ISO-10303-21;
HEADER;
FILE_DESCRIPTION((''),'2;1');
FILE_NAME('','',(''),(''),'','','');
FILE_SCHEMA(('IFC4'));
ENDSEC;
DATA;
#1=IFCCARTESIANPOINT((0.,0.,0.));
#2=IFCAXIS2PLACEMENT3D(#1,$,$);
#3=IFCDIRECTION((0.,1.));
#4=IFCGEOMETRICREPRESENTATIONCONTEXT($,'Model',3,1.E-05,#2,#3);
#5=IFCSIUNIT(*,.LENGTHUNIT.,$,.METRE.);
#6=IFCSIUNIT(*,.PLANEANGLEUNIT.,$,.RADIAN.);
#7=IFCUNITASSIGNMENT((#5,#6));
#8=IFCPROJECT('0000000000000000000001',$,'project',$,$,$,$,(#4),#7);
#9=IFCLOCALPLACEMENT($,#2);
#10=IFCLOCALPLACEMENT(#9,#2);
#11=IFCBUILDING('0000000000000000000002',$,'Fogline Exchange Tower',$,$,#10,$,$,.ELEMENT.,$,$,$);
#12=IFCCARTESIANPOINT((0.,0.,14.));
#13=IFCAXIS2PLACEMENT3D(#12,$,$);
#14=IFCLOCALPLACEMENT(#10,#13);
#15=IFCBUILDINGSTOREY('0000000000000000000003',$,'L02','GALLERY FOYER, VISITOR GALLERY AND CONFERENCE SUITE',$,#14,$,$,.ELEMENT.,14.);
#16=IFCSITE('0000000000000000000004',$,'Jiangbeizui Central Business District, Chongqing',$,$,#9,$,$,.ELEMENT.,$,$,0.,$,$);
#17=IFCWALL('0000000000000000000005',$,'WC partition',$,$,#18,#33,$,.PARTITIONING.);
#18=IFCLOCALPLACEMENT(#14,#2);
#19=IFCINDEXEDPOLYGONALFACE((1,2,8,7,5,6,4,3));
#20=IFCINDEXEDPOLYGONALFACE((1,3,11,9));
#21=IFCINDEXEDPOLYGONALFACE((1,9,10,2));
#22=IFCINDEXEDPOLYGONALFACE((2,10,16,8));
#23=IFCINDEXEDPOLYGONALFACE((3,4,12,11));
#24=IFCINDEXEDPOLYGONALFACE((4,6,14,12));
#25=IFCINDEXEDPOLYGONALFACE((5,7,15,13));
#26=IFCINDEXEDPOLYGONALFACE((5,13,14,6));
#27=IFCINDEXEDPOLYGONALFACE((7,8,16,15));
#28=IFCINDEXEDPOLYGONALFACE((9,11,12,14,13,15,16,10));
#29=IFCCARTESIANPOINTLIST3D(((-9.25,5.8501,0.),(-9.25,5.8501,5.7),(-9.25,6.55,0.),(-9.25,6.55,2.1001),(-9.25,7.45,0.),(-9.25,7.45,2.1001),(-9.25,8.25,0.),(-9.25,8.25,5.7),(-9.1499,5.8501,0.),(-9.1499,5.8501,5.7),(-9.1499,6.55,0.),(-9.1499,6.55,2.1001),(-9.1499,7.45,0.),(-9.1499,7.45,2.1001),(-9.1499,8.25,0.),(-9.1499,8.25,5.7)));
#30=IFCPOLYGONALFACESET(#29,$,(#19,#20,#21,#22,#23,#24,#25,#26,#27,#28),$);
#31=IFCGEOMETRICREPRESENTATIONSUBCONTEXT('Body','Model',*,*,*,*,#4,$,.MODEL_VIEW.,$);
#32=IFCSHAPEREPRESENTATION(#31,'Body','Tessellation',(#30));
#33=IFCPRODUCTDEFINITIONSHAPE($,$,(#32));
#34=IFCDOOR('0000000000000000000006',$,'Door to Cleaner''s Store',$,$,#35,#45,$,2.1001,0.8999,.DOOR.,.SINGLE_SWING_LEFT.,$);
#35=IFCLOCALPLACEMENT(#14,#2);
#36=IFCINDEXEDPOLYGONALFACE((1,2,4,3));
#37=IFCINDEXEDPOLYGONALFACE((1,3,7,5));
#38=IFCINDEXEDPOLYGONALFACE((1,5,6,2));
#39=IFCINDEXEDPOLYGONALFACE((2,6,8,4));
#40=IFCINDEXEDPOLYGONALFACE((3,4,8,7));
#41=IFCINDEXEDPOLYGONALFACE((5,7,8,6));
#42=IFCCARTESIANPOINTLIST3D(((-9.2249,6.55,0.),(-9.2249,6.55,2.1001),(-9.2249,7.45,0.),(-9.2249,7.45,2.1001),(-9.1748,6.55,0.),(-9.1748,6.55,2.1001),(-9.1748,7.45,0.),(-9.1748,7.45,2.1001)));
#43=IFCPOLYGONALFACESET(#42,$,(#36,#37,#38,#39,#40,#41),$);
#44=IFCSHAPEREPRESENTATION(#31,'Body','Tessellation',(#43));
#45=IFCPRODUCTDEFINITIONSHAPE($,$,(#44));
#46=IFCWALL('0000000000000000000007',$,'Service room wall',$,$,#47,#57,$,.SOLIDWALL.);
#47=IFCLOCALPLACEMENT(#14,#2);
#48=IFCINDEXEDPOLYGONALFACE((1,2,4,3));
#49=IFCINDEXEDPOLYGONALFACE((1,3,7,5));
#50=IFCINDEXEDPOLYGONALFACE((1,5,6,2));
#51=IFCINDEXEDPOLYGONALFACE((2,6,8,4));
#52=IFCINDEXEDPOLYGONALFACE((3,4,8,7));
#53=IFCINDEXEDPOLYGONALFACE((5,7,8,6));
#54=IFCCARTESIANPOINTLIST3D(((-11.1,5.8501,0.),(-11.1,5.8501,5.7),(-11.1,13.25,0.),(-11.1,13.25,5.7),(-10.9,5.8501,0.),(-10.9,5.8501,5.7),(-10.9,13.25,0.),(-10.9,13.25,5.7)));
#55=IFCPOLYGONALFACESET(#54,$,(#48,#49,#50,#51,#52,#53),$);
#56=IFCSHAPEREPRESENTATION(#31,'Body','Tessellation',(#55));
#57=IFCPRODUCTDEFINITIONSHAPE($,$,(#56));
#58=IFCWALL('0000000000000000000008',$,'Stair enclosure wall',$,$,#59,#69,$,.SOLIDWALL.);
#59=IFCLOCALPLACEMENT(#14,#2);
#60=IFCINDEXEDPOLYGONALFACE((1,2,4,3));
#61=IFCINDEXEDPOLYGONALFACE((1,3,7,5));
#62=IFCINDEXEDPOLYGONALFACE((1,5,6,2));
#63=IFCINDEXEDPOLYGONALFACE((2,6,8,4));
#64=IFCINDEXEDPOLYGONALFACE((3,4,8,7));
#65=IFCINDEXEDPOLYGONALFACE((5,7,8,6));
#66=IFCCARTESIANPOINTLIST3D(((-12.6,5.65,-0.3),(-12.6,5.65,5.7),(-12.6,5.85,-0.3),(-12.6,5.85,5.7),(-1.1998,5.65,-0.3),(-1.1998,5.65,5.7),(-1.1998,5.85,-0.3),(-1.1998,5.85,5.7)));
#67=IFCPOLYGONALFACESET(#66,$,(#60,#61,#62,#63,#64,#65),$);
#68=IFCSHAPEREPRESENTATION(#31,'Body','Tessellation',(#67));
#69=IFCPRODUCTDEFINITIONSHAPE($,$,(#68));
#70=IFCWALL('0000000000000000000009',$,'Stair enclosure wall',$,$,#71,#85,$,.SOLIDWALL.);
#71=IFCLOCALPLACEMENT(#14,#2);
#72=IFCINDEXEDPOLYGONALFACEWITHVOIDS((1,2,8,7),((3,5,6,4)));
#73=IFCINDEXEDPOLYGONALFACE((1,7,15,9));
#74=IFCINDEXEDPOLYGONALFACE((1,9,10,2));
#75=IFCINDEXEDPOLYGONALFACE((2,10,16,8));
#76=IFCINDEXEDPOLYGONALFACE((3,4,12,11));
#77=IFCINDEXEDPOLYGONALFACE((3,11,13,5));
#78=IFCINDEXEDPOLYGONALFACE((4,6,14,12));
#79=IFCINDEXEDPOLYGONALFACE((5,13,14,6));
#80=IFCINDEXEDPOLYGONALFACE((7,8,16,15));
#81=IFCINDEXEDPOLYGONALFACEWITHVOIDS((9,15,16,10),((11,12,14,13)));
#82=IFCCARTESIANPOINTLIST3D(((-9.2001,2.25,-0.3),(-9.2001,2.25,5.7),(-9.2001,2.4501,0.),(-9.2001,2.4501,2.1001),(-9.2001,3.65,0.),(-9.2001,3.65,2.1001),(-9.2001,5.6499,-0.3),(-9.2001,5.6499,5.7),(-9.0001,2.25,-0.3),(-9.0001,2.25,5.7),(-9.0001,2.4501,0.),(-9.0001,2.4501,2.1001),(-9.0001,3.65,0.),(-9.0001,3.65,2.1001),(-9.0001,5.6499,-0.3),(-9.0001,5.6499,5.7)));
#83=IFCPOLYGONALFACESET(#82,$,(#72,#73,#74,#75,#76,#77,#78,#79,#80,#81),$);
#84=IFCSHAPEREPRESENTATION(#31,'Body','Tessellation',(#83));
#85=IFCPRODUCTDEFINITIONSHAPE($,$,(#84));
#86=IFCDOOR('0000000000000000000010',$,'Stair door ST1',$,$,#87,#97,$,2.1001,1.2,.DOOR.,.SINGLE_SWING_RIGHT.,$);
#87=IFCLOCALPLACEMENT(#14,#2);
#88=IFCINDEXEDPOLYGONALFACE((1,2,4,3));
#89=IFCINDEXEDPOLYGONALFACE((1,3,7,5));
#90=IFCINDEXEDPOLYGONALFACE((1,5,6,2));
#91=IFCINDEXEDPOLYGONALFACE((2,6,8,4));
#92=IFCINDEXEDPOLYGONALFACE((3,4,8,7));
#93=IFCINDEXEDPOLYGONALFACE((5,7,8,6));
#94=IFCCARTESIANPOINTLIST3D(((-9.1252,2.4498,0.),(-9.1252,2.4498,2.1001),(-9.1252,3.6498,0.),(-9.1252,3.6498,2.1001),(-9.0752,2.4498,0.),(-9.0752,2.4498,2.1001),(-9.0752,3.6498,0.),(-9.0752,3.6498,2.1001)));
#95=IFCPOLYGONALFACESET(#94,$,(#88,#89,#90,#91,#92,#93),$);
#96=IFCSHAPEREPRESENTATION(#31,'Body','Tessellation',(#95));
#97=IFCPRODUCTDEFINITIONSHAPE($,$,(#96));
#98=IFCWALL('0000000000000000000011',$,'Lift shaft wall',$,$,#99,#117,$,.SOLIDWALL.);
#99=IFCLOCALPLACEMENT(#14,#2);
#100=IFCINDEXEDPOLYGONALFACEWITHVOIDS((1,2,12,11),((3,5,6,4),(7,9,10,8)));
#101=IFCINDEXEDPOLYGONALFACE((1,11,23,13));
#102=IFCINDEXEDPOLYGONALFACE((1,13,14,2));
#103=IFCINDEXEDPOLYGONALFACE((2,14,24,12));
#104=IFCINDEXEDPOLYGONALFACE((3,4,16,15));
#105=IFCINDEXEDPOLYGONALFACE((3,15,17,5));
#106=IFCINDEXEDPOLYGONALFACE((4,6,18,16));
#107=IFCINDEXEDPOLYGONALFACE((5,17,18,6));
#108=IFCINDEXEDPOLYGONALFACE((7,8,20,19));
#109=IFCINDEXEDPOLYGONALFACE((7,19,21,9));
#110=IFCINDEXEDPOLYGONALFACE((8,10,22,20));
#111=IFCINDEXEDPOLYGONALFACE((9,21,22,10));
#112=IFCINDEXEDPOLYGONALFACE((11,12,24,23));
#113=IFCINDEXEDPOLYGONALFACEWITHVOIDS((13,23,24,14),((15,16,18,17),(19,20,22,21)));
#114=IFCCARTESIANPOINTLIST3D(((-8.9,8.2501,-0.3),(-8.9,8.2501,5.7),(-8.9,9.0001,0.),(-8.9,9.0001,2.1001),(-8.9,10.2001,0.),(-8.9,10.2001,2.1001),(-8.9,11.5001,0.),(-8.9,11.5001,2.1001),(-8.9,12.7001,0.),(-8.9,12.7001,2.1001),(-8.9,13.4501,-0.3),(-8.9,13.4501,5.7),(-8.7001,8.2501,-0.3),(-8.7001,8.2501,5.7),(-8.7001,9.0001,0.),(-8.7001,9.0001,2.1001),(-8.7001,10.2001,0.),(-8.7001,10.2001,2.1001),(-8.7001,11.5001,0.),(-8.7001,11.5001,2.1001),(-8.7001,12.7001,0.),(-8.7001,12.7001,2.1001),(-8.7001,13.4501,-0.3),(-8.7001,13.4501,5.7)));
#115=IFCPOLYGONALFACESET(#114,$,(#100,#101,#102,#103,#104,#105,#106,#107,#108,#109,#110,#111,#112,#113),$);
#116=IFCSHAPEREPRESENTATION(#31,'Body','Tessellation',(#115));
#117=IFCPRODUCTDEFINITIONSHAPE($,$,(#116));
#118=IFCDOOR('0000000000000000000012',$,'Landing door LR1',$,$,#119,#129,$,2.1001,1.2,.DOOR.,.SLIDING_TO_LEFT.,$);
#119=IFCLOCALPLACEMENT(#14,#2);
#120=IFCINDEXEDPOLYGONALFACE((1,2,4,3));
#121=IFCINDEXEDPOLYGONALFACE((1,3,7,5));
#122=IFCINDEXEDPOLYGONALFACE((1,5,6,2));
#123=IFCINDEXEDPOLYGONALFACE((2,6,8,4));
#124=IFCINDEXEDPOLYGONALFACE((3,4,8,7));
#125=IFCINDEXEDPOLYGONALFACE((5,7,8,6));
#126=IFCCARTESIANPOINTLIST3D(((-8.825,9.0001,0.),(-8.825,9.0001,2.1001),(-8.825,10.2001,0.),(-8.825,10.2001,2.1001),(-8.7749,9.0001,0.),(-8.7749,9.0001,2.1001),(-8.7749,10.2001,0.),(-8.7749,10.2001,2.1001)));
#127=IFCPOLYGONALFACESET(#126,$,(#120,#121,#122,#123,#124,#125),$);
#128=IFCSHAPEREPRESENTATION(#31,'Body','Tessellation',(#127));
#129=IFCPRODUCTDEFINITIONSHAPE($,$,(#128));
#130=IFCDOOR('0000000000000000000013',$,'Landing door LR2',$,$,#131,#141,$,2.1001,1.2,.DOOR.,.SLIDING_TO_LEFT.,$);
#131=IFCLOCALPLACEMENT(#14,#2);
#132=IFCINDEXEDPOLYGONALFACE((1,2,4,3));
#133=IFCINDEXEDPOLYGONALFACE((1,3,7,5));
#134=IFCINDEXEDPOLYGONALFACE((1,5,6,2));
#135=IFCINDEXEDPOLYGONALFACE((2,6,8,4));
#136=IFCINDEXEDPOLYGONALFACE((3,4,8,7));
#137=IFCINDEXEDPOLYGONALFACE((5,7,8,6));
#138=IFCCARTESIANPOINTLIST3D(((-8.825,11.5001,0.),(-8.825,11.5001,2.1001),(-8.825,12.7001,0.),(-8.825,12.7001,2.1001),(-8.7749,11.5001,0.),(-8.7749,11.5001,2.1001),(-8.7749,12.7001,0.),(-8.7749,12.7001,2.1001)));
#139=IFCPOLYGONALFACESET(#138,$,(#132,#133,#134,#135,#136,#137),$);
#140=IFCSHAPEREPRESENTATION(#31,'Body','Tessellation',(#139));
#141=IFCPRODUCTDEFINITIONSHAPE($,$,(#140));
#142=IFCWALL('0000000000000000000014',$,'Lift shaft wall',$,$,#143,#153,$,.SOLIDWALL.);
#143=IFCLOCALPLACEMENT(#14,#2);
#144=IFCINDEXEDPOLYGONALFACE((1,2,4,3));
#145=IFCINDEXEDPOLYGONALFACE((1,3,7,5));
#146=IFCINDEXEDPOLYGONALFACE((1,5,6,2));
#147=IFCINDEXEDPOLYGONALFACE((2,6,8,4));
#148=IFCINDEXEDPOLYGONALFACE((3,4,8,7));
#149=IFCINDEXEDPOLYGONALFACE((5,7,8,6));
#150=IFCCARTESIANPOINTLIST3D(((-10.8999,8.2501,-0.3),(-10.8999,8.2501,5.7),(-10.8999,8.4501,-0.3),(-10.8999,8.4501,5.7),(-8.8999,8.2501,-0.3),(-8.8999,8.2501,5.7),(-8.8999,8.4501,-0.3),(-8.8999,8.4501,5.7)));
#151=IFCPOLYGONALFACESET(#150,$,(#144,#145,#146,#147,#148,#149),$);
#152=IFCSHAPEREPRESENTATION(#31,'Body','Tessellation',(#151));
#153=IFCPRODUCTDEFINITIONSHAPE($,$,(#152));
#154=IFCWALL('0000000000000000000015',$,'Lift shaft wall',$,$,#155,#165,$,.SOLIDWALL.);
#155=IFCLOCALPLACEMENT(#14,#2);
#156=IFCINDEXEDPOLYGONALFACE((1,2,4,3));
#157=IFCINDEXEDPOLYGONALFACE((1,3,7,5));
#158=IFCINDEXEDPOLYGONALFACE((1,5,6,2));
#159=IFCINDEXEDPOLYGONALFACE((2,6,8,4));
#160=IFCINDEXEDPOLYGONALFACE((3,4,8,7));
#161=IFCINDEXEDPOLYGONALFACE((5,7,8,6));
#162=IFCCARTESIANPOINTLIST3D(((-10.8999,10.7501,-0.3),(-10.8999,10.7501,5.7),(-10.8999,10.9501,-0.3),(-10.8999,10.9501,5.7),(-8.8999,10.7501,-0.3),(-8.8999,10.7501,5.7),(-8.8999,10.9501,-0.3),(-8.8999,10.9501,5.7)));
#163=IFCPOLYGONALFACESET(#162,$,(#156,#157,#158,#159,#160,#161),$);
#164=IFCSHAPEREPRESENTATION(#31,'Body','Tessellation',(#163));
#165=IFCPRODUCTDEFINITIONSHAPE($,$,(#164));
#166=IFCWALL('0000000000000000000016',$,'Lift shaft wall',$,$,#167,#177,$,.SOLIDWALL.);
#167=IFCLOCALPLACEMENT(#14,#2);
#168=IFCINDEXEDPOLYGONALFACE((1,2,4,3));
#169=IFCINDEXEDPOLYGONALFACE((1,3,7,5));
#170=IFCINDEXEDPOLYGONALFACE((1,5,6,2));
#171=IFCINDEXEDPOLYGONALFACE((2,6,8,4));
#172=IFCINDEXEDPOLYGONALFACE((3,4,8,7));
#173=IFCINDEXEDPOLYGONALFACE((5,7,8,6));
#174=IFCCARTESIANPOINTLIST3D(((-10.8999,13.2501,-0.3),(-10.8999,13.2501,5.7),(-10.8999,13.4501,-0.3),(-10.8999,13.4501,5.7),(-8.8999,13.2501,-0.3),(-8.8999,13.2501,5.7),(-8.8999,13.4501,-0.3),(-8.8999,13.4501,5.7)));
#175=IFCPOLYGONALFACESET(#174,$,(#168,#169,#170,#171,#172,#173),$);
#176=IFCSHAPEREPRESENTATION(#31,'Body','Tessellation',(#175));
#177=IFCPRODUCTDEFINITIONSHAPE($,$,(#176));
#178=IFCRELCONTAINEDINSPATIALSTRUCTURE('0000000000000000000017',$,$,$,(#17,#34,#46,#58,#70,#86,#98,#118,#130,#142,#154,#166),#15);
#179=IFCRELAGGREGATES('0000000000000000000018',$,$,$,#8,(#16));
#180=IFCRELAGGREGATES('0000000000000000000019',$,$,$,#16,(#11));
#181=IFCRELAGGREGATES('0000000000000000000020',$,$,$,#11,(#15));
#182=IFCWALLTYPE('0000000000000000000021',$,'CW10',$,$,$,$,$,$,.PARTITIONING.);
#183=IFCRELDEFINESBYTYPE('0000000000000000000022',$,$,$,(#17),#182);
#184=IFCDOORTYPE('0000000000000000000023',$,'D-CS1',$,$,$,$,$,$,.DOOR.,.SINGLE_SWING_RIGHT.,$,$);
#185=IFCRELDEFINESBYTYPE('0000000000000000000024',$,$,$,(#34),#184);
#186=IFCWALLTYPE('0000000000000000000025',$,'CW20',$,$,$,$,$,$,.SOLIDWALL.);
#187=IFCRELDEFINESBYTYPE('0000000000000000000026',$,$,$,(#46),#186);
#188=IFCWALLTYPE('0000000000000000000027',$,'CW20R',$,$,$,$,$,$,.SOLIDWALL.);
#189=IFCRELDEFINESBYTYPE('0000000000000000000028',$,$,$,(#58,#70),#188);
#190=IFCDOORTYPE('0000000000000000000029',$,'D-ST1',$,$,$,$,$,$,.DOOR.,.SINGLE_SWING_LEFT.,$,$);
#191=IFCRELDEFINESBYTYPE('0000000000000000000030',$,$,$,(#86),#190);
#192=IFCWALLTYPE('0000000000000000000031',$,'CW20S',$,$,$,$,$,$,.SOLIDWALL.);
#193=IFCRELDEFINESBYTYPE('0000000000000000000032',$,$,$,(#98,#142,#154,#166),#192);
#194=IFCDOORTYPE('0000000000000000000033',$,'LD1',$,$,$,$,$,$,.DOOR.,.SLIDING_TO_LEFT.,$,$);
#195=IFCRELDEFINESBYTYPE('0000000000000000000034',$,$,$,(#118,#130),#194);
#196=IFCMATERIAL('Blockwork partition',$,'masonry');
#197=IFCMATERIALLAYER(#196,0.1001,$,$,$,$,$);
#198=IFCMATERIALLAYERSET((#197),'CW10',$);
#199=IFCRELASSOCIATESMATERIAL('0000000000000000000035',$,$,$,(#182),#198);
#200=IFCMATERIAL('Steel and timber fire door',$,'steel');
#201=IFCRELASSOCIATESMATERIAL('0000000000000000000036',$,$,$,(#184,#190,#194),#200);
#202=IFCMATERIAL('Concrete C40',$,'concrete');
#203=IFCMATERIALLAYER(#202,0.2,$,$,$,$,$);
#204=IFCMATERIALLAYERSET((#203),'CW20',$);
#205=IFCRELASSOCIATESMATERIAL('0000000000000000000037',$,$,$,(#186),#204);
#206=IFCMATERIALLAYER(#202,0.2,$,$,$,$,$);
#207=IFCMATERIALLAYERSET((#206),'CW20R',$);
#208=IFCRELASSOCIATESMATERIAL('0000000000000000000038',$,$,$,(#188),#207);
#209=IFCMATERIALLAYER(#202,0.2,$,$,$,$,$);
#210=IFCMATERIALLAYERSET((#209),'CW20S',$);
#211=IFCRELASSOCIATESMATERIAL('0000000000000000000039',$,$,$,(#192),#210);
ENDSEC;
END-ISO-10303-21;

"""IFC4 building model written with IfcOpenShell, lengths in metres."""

from ifc_helpers import new_model, si_unit, direction, frame, frame_2d, origin, place, context, subcontext, project, spatial, rectangle, extrude, material, layer, layer_set, type_object, element, fill, save


model = new_model("IFC4")

# Units and contexts
model_context = context("Model", 3, precision=1e-05, world=origin(), true_north=direction((0.0, 1.0)))
body_context = subcontext(model_context, "Body", "Model", "MODEL_VIEW")
ifc_project = project(units=[si_unit("LENGTHUNIT", "METRE"), si_unit("PLANEANGLEUNIT", "RADIAN")], contexts=[model_context])

# Site, building, storey
site_placement = place(None, origin())
site = spatial("IfcSite", under=ifc_project, at=site_placement, Name="Jiangbeizui Central Business District, Chongqing", CompositionType="ELEMENT", RefElevation=0.0)
building_placement = place(site_placement, origin())
building = spatial("IfcBuilding", under=site, at=building_placement, Name="Fogline Exchange Tower", CompositionType="ELEMENT")
storey_placement = place(building_placement, frame((0.0, 0.0, 14.0)))
storey = spatial("IfcBuildingStorey", under=building, at=storey_placement, Name="L02", Description="GALLERY FOYER, VISITOR GALLERY AND CONFERENCE SUITE", CompositionType="ELEMENT", Elevation=14.0)

# Wall, opening, door
ifc_material_1 = material(Name="Blockwork partition", Category="masonry")
ifc_layer_1 = layer(ifc_material_1, 0.1001)
ifc_layer_set_1 = layer_set([ifc_layer_1], Name="CW10")
wall_type_1 = type_object("IfcWallType", Name="CW10", PredefinedType="PARTITIONING", material=ifc_layer_set_1)
wall_1_placement = place(storey_placement, frame((-9.2, 5.8501, 0.0), z_axis=(0.0, 0.0, 1.0), x_axis=(0.0, 1.0, 0.0)))
wall_1 = element("IfcWall", 1, at=wall_1_placement, inside=storey, type_object=wall_type_1, Name="WC partition", PredefinedType="PARTITIONING", context=body_context, shape_type="SweptSolid", body=[
    extrude(rectangle(XDim=2.3999, YDim=0.1001, at=frame_2d((1.2, 0.0))), origin(), (0.0, 0.0, 1.0), 5.7),
])
opening_1_placement = place(wall_1_placement, frame((0.7, 0.0, 0.0)))
opening_1 = element("IfcOpeningElement", 2, at=opening_1_placement, cuts=wall_1, PredefinedType="OPENING", context=body_context, shape_type="SweptSolid", body=[
    extrude(rectangle(XDim=0.8999, YDim=2.1001, at=frame_2d((0.45, 1.05))), frame((0.0, 0.0601, 0.0), z_axis=(0.0, -1.0, 0.0), x_axis=(1.0, 0.0, 0.0)), (0.0, 0.0, 1.0), 0.1201),
])
ifc_material_2 = material(Name="Steel and timber fire door", Category="steel")
door_type_1 = type_object("IfcDoorType", Name="D-CS1", OperationType="SINGLE_SWING_RIGHT", PredefinedType="DOOR", material=ifc_material_2)
door_1_placement = place(opening_1_placement, origin())
door_1 = element("IfcDoor", 3, at=door_1_placement, inside=storey, type_object=door_type_1, Name="Door to Cleaner's Store", OperationType="SINGLE_SWING_LEFT", OverallHeight=2.1001, OverallWidth=0.8999, PredefinedType="DOOR", context=body_context, shape_type="SweptSolid", body=[
    extrude(rectangle(XDim=0.8999, YDim=2.1001, at=frame_2d((0.45, 1.05))), frame((0.0, 0.0249, 0.0), z_axis=(0.0, -1.0, 0.0), x_axis=(1.0, 0.0, 0.0)), (0.0, 0.0, 1.0), 0.05),
])
fill(opening_1, door_1)

# Walls
ifc_material_3 = material(Name="Concrete C40", Category="concrete")
ifc_layer_2 = layer(ifc_material_3, 0.2)
ifc_layer_set_2 = layer_set([ifc_layer_2], Name="CW20")
wall_type_2 = type_object("IfcWallType", Name="CW20", PredefinedType="SOLIDWALL", material=ifc_layer_set_2)
wall_2_placement = place(storey_placement, frame((-11.0, 5.8501, 0.0), z_axis=(0.0, 0.0, 1.0), x_axis=(0.0, 1.0, 0.0)))
element("IfcWall", 4, at=wall_2_placement, inside=storey, type_object=wall_type_2, Name="Service room wall", PredefinedType="SOLIDWALL", context=body_context, shape_type="SweptSolid", body=[
    extrude(rectangle(XDim=7.3999, YDim=0.2, at=frame_2d((3.7, 0.0))), origin(), (0.0, 0.0, 1.0), 5.7),
])
ifc_layer_3 = layer(ifc_material_3, 0.2)
ifc_layer_set_3 = layer_set([ifc_layer_3], Name="CW20R")
wall_type_3 = type_object("IfcWallType", Name="CW20R", PredefinedType="SOLIDWALL", material=ifc_layer_set_3)
wall_3_placement = place(storey_placement, frame((-12.6001, 5.75, -0.3), z_axis=(0.0, 0.0, 1.0), x_axis=(1.0, 0.0, 0.0)))
element("IfcWall", 5, at=wall_3_placement, inside=storey, type_object=wall_type_3, Name="Stair enclosure wall", PredefinedType="SOLIDWALL", context=body_context, shape_type="SweptSolid", body=[
    extrude(rectangle(XDim=11.4001, YDim=0.2, at=frame_2d((5.7002, 0.0))), origin(), (0.0, 0.0, 1.0), 6.0),
])

# Wall, opening, door
wall_4_placement = place(storey_placement, frame((-9.1001, 2.25, -0.3), z_axis=(0.0, 0.0, 1.0), x_axis=(0.0, 1.0, 0.0)))
wall_4 = element("IfcWall", 6, at=wall_4_placement, inside=storey, type_object=wall_type_3, Name="Stair enclosure wall", PredefinedType="SOLIDWALL", context=body_context, shape_type="SweptSolid", body=[
    extrude(rectangle(XDim=3.3999, YDim=0.2, at=frame_2d((1.7, 0.0))), origin(), (0.0, 0.0, 1.0), 6.0),
])
opening_2_placement = place(wall_4_placement, frame((0.2, 0.0, 0.3)))
opening_2 = element("IfcOpeningElement", 7, at=opening_2_placement, cuts=wall_4, PredefinedType="OPENING", context=body_context, shape_type="SweptSolid", body=[
    extrude(rectangle(XDim=1.2, YDim=2.1001, at=frame_2d((0.6001, 1.05))), frame((0.0, 0.1099, 0.0), z_axis=(0.0, -1.0, 0.0), x_axis=(1.0, 0.0, 0.0)), (0.0, 0.0, 1.0), 0.22),
])
door_type_2 = type_object("IfcDoorType", Name="D-ST1", OperationType="SINGLE_SWING_LEFT", PredefinedType="DOOR", material=ifc_material_2)
door_2_placement = place(opening_2_placement, frame((1.2, 0.0, 0.0), z_axis=(0.0, 0.0, 1.0), x_axis=(-1.0, 0.0, 0.0)))
door_2 = element("IfcDoor", 8, at=door_2_placement, inside=storey, type_object=door_type_2, Name="Stair door ST1", OperationType="SINGLE_SWING_RIGHT", OverallHeight=2.1001, OverallWidth=1.2, PredefinedType="DOOR", context=body_context, shape_type="SweptSolid", body=[
    extrude(rectangle(XDim=1.2, YDim=2.1001, at=frame_2d((0.6001, 1.05))), frame((0.0, 0.0249, 0.0), z_axis=(0.0, -1.0, 0.0), x_axis=(1.0, 0.0, 0.0)), (0.0, 0.0, 1.0), 0.05),
])
fill(opening_2, door_2)

# Wall, openings, doors
ifc_layer_4 = layer(ifc_material_3, 0.2)
ifc_layer_set_4 = layer_set([ifc_layer_4], Name="CW20S")
wall_type_4 = type_object("IfcWallType", Name="CW20S", PredefinedType="SOLIDWALL", material=ifc_layer_set_4)
wall_5_placement = place(storey_placement, frame((-8.8, 8.25, -0.3), z_axis=(0.0, 0.0, 1.0), x_axis=(0.0, 1.0, 0.0)))
wall_5 = element("IfcWall", 9, at=wall_5_placement, inside=storey, type_object=wall_type_4, Name="Lift shaft wall", PredefinedType="SOLIDWALL", context=body_context, shape_type="SweptSolid", body=[
    extrude(rectangle(XDim=5.2, YDim=0.2, at=frame_2d((2.6001, 0.0))), origin(), (0.0, 0.0, 1.0), 6.0),
])
opening_3_placement = place(wall_5_placement, frame((0.75, 0.0, 0.3)))
opening_3 = element("IfcOpeningElement", 10, at=opening_3_placement, cuts=wall_5, PredefinedType="OPENING", context=body_context, shape_type="SweptSolid", body=[
    extrude(rectangle(XDim=1.2, YDim=2.1001, at=frame_2d((0.6001, 1.05))), frame((0.0, 0.1099, 0.0), z_axis=(0.0, -1.0, 0.0), x_axis=(1.0, 0.0, 0.0)), (0.0, 0.0, 1.0), 0.22),
])
opening_4_placement = place(wall_5_placement, frame((3.25, 0.0, 0.3)))
opening_4 = element("IfcOpeningElement", 11, at=opening_4_placement, cuts=wall_5, PredefinedType="OPENING", context=body_context, shape_type="SweptSolid", body=[
    extrude(rectangle(XDim=1.2, YDim=2.1001, at=frame_2d((0.6001, 1.05))), frame((0.0, 0.1099, 0.0), z_axis=(0.0, -1.0, 0.0), x_axis=(1.0, 0.0, 0.0)), (0.0, 0.0, 1.0), 0.22),
])
door_type_3 = type_object("IfcDoorType", Name="LD1", OperationType="SLIDING_TO_LEFT", PredefinedType="DOOR", material=ifc_material_2)
door_3_placement = place(opening_3_placement, origin())
door_3 = element("IfcDoor", 12, at=door_3_placement, inside=storey, type_object=door_type_3, Name="Landing door LR1", OperationType="SLIDING_TO_LEFT", OverallHeight=2.1001, OverallWidth=1.2, PredefinedType="DOOR", context=body_context, shape_type="SweptSolid", body=[
    extrude(rectangle(XDim=1.2, YDim=2.1001, at=frame_2d((0.6001, 1.05))), frame((0.0, 0.0249, 0.0), z_axis=(0.0, -1.0, 0.0), x_axis=(1.0, 0.0, 0.0)), (0.0, 0.0, 1.0), 0.05),
])
fill(opening_3, door_3)
door_4_placement = place(opening_4_placement, origin())
door_4 = element("IfcDoor", 13, at=door_4_placement, inside=storey, type_object=door_type_3, Name="Landing door LR2", OperationType="SLIDING_TO_LEFT", OverallHeight=2.1001, OverallWidth=1.2, PredefinedType="DOOR", context=body_context, shape_type="SweptSolid", body=[
    extrude(rectangle(XDim=1.2, YDim=2.1001, at=frame_2d((0.6001, 1.05))), frame((0.0, 0.0249, 0.0), z_axis=(0.0, -1.0, 0.0), x_axis=(1.0, 0.0, 0.0)), (0.0, 0.0, 1.0), 0.05),
])
fill(opening_4, door_4)

# Walls
for number, where, z_axis, x_axis, name in (
    (14, (-10.8999, 8.3501, -0.3), (0.0, 0.0, 1.0), (1.0, 0.0, 0.0), "Lift shaft wall"),
    (15, (-10.8999, 10.8501, -0.3), (0.0, 0.0, 1.0), (1.0, 0.0, 0.0), "Lift shaft wall"),
    (16, (-10.8999, 13.3501, -0.3), (0.0, 0.0, 1.0), (1.0, 0.0, 0.0), "Lift shaft wall"),
):
    element("IfcWall", number, at=place(storey_placement, frame(where, z_axis=z_axis, x_axis=x_axis)), inside=storey, type_object=wall_type_4, Name=name, PredefinedType="SOLIDWALL", context=body_context, shape_type="SweptSolid", body=[
        extrude(rectangle(XDim=2.0, YDim=0.2, at=frame_2d((1.0, 0.0))), origin(), (0.0, 0.0, 1.0), 6.0),
    ])

save(model, "model.ifc")
